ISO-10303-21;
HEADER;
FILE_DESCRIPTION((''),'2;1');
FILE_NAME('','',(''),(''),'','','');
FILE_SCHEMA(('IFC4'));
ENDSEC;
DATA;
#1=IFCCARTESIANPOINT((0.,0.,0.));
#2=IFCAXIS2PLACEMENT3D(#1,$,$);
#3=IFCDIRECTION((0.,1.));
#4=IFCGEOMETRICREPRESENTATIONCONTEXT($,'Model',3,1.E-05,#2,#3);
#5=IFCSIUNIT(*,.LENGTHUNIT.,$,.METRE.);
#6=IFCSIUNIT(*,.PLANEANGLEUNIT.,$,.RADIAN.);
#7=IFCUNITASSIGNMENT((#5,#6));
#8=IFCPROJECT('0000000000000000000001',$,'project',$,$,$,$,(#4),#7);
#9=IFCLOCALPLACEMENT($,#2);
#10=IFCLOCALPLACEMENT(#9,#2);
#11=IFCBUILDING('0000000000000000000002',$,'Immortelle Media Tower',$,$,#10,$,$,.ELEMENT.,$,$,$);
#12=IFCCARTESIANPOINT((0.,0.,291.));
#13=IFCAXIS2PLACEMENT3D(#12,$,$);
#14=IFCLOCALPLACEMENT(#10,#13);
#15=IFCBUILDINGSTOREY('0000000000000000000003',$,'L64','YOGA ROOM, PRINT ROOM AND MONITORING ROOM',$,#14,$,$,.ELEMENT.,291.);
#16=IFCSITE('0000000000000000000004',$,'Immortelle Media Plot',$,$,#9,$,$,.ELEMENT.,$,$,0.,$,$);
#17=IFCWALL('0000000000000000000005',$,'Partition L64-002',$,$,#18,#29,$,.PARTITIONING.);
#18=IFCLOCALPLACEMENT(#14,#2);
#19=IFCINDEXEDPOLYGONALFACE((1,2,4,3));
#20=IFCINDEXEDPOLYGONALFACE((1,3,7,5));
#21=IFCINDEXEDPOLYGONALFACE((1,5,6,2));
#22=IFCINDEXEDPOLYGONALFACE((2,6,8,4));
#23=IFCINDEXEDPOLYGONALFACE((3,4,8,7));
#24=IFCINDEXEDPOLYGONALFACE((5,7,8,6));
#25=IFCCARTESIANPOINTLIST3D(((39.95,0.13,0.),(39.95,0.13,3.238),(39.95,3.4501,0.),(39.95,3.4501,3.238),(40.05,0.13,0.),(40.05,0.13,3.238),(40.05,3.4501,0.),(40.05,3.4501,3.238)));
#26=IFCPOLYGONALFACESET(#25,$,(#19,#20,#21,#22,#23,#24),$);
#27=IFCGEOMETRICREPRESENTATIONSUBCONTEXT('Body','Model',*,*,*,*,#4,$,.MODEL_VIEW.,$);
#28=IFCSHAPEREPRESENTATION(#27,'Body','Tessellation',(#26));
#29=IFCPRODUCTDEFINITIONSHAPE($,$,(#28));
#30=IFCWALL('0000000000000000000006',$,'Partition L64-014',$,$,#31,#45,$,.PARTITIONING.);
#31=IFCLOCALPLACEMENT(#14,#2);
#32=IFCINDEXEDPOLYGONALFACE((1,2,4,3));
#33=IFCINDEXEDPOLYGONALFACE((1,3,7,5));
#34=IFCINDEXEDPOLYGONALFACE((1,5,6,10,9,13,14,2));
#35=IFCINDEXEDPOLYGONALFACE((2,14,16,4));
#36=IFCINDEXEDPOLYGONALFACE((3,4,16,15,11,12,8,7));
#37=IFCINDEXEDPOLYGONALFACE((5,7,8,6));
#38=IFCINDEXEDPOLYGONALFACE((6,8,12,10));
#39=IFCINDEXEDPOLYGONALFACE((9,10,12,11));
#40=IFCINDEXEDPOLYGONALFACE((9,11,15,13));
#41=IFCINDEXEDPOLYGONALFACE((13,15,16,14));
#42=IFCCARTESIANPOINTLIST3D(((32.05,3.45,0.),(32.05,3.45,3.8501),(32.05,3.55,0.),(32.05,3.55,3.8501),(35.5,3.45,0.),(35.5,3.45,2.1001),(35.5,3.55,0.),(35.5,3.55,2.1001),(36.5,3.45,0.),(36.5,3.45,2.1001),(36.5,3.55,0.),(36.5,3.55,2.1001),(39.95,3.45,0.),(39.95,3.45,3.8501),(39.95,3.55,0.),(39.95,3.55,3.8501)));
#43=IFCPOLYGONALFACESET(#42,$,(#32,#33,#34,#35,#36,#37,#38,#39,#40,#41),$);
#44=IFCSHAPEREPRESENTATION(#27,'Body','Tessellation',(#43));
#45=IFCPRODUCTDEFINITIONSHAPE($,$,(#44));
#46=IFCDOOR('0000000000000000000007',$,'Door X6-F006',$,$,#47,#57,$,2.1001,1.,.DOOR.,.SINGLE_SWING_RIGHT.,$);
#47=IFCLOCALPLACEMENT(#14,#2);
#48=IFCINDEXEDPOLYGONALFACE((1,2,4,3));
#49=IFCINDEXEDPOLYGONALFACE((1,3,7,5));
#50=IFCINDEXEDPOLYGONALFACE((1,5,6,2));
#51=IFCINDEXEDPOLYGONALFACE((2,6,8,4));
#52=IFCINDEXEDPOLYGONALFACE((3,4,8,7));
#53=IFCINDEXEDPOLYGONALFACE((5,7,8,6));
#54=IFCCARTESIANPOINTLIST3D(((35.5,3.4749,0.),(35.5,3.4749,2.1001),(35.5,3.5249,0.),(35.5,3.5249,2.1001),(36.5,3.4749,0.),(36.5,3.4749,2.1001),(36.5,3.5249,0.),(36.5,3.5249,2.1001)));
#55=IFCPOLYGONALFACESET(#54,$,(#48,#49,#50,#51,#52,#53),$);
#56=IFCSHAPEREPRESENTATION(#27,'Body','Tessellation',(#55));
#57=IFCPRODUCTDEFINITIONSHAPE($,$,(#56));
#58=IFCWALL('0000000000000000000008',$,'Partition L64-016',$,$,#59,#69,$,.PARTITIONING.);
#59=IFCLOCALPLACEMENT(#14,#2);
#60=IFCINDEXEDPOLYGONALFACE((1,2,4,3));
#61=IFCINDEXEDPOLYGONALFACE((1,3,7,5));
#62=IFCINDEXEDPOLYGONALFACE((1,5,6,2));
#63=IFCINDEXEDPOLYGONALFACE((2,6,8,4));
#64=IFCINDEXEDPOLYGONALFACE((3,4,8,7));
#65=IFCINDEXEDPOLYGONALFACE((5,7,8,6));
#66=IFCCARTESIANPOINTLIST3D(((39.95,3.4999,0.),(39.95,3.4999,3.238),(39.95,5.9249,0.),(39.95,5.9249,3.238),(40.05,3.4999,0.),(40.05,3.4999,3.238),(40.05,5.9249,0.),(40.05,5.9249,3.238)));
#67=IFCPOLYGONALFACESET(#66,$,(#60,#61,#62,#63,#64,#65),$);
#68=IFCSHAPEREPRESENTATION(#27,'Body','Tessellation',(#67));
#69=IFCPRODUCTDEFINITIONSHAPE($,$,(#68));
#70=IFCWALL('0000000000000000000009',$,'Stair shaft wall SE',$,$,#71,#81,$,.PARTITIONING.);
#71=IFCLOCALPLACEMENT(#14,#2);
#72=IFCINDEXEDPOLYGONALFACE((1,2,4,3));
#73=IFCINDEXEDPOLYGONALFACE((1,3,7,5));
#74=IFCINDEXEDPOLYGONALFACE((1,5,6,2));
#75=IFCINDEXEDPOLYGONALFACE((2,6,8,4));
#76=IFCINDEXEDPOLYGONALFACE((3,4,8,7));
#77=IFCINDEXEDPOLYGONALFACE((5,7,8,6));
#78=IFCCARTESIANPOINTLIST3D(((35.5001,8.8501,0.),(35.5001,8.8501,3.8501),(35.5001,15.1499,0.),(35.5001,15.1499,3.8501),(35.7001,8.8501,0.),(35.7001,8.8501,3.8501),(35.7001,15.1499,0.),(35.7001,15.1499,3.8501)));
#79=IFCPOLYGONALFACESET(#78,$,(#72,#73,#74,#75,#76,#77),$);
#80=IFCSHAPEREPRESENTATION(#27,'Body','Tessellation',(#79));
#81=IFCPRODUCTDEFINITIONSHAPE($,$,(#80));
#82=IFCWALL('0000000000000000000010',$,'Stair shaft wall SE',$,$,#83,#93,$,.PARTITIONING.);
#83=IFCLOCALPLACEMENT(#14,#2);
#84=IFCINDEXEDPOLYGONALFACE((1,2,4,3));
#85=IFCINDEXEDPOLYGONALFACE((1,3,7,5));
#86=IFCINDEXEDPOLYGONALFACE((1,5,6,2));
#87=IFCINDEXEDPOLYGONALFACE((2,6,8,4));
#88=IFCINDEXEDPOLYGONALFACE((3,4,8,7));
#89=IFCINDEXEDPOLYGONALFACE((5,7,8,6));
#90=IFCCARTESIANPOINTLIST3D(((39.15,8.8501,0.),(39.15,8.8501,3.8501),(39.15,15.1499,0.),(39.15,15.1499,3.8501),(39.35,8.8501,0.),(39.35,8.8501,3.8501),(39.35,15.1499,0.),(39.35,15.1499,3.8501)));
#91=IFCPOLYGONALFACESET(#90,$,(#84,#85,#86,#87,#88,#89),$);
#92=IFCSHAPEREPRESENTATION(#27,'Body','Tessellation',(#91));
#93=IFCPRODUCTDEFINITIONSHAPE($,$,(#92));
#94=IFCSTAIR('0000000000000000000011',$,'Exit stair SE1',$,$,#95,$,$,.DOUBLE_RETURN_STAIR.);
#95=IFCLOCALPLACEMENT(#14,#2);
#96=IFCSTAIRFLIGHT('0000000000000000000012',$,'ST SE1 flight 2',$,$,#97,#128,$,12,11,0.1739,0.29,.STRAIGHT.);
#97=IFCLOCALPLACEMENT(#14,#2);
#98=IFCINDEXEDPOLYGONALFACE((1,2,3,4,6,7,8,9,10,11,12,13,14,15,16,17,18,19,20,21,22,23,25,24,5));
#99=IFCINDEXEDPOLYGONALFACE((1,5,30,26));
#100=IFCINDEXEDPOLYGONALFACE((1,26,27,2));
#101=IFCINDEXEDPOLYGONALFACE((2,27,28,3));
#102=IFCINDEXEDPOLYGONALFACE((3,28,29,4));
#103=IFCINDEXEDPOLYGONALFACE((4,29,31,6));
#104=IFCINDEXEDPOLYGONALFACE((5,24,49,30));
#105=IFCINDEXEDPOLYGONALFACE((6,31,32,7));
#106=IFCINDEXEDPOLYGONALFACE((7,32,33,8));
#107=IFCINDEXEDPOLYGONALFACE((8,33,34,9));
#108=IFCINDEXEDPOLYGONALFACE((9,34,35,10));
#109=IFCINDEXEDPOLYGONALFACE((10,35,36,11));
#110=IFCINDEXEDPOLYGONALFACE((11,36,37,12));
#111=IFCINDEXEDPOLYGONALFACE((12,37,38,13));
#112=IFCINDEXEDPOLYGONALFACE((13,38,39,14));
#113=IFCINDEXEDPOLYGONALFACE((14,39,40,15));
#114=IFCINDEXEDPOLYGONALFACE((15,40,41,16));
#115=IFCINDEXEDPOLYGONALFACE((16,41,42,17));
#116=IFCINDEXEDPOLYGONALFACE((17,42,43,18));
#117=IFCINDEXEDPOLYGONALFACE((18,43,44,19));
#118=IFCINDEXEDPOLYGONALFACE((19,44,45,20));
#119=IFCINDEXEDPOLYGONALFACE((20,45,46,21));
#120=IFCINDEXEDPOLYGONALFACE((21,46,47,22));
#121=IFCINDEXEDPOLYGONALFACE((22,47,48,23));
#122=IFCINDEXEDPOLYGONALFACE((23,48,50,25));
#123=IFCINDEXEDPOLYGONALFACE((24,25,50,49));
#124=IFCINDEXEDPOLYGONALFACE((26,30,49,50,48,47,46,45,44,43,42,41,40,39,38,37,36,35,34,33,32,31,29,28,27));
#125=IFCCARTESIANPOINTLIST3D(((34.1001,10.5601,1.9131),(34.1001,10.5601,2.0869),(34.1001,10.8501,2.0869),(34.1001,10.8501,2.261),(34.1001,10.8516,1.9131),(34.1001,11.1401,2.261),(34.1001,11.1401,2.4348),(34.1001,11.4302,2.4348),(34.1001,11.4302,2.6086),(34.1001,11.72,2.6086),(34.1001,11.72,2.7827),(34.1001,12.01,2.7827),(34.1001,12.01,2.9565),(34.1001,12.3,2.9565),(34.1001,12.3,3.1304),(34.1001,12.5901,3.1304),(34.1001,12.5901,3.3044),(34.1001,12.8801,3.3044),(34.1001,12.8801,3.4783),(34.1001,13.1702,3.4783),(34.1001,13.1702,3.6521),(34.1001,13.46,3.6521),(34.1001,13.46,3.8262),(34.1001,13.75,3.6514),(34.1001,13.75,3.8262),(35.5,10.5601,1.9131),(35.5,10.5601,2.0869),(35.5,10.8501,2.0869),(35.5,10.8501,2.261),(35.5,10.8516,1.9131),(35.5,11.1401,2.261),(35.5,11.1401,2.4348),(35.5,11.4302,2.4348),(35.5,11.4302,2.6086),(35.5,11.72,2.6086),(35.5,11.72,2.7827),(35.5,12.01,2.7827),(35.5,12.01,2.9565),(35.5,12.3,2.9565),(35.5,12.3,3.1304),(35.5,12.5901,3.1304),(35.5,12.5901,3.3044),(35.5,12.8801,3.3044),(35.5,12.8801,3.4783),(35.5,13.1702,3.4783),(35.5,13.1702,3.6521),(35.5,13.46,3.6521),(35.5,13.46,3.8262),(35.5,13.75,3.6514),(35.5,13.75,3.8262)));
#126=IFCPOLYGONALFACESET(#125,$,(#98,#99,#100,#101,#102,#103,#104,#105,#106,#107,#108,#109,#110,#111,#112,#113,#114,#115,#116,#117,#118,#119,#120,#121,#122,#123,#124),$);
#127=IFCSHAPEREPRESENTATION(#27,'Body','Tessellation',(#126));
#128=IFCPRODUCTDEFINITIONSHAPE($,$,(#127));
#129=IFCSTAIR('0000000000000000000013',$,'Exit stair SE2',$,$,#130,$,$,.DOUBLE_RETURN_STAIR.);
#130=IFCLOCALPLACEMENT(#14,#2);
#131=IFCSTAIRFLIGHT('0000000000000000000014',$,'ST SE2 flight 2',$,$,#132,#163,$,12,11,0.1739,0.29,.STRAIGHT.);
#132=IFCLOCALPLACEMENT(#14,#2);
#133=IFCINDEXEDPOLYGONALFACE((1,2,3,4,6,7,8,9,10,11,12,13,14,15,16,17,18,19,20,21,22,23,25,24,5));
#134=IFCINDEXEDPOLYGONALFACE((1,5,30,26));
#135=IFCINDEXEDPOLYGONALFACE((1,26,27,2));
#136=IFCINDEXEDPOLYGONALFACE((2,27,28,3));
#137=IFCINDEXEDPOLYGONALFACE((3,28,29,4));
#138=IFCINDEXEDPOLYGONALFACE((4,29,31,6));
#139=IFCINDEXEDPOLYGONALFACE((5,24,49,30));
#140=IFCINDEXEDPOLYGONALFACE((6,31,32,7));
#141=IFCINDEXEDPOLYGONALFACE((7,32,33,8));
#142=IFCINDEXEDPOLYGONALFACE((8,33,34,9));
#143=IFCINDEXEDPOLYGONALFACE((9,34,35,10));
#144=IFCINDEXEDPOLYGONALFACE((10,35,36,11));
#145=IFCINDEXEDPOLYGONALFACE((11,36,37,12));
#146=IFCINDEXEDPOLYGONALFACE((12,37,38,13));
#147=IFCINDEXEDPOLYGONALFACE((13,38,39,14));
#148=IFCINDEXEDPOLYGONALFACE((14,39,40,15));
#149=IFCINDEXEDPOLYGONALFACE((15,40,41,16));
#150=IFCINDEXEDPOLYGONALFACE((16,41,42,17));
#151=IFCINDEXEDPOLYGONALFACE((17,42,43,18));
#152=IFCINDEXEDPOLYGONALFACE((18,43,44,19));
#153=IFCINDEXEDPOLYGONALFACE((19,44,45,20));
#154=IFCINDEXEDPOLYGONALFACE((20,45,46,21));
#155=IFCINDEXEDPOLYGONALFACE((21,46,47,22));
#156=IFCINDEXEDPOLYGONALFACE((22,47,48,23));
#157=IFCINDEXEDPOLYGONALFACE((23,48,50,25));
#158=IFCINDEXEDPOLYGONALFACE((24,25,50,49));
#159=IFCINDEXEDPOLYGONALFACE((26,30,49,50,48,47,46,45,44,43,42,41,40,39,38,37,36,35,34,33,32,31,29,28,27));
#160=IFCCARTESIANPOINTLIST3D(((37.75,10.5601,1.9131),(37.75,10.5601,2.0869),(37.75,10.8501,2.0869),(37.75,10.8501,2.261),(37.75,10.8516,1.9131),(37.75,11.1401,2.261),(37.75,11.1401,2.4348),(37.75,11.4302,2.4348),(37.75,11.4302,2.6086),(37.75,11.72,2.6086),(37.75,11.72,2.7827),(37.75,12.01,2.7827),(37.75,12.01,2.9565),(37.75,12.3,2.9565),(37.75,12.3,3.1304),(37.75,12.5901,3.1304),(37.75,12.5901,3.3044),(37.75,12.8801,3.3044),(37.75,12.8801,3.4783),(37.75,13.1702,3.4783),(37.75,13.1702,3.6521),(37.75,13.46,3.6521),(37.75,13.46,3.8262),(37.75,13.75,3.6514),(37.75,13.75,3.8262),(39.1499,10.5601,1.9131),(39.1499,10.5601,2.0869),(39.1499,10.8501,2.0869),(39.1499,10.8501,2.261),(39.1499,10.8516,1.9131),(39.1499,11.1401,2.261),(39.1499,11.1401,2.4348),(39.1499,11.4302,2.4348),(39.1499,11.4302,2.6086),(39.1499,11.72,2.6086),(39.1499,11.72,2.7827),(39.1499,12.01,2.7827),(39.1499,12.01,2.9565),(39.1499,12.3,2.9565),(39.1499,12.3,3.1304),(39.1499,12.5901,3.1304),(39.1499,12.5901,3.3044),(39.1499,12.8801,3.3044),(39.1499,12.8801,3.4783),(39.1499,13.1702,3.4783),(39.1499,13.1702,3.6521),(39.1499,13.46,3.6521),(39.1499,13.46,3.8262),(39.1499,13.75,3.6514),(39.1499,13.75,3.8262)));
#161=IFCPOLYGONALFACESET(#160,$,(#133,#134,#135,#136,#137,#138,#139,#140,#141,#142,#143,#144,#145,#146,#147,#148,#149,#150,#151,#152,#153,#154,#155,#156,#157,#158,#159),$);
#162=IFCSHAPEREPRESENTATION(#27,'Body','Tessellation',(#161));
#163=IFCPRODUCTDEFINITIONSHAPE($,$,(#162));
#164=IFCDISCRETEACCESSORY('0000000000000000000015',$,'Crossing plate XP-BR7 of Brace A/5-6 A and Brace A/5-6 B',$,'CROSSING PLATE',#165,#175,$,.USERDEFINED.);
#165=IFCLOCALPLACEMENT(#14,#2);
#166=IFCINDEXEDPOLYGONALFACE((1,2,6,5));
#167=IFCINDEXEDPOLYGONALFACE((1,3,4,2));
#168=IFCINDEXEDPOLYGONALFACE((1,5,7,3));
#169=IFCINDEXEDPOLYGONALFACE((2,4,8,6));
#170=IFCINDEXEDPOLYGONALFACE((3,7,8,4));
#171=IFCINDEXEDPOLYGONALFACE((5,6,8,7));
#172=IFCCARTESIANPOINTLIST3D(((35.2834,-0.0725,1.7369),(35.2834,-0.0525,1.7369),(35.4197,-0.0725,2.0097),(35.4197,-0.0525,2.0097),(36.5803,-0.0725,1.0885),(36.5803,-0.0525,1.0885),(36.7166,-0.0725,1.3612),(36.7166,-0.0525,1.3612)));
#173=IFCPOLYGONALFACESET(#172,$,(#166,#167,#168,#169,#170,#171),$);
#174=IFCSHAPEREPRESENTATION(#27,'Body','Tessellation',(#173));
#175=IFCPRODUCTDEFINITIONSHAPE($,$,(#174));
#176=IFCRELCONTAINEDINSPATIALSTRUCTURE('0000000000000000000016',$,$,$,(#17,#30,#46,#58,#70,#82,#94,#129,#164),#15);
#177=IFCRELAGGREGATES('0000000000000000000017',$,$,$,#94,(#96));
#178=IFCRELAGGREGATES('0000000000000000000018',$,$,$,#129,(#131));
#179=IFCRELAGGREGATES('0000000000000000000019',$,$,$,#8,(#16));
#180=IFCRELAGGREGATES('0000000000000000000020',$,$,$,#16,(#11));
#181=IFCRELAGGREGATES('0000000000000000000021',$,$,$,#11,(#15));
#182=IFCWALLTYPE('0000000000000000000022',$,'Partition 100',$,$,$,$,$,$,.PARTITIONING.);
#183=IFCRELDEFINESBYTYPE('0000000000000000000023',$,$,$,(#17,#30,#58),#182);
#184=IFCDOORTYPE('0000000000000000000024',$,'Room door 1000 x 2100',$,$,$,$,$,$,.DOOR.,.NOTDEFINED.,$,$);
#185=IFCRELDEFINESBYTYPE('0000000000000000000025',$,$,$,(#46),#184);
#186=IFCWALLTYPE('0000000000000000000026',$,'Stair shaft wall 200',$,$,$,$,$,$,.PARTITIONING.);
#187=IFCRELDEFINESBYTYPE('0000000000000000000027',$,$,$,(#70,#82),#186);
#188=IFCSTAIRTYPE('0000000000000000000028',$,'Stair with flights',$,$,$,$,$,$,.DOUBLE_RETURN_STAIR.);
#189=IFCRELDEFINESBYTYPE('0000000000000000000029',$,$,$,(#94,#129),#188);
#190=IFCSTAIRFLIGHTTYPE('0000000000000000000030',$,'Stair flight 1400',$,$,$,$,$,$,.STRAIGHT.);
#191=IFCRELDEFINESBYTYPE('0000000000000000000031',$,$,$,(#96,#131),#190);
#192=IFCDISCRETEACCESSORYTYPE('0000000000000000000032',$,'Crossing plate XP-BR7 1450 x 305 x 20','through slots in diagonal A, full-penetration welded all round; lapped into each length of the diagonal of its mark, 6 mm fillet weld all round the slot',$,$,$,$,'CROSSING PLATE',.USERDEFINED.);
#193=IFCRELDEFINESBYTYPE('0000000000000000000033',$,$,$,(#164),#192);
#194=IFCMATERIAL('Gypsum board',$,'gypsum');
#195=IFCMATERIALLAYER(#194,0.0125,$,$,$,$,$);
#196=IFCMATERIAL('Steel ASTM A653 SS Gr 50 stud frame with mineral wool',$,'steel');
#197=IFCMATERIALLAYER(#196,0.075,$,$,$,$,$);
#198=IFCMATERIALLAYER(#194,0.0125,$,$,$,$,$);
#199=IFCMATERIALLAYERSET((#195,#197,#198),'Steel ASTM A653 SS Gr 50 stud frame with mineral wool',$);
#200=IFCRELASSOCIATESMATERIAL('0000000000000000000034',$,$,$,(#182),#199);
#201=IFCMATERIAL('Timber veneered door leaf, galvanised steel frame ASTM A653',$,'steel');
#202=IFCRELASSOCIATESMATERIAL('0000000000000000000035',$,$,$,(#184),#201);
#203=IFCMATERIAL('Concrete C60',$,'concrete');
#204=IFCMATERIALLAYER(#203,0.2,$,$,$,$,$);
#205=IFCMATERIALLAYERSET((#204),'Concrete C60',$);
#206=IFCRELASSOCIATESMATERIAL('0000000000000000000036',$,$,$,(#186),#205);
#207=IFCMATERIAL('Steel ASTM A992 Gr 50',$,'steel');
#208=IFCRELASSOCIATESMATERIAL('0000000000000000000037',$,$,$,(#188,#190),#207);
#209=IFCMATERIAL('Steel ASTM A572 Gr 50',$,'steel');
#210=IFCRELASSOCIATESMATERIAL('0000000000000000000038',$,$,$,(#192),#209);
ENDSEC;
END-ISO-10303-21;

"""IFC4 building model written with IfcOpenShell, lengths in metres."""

from ifc_helpers import new_model, si_unit, direction, frame, frame_2d, origin, origin_2d, place, context, subcontext, project, spatial, polyline, rectangle, outline, extrude, material, layer, layer_set, material_profile, profile_set, type_object, element, fill, aggregate, save


model = new_model("IFC4")

# Units and contexts
model_context = context("Model", 3, precision=1e-05, world=origin(), true_north=direction((0.0, 1.0)))
body_context = subcontext(model_context, "Body", "Model", "MODEL_VIEW")
ifc_project = project(units=[si_unit("LENGTHUNIT", "METRE"), si_unit("PLANEANGLEUNIT", "RADIAN")], contexts=[model_context])

# Site, building, storey
site_placement = place(None, origin())
site = spatial("IfcSite", under=ifc_project, at=site_placement, Name="Immortelle Media Plot", CompositionType="ELEMENT", RefElevation=0.0)
building_placement = place(site_placement, origin())
building = spatial("IfcBuilding", under=site, at=building_placement, Name="Immortelle Media Tower", CompositionType="ELEMENT")
storey_placement = place(building_placement, frame((0.0, 0.0, 291.0)))
storey = spatial("IfcBuildingStorey", under=building, at=storey_placement, Name="L64", Description="YOGA ROOM, PRINT ROOM AND MONITORING ROOM", CompositionType="ELEMENT", Elevation=291.0)

# Shared definitions
ifc_material_1 = material(Name="Steel ASTM A992 Gr 50", Category="steel")

# Wall
ifc_material_2 = material(Name="Steel ASTM A653 SS Gr 50 stud frame with mineral wool", Category="steel")
ifc_material_3 = material(Name="Gypsum board", Category="gypsum")
ifc_layer_1 = layer(ifc_material_3, 0.0125)
ifc_layer_2 = layer(ifc_material_2, 0.075)
ifc_layer_3 = layer(ifc_material_3, 0.0125)
ifc_layer_set_1 = layer_set([ifc_layer_1, ifc_layer_2, ifc_layer_3], Name="Steel ASTM A653 SS Gr 50 stud frame with mineral wool")
wall_type_1 = type_object("IfcWallType", Name="Partition 100", PredefinedType="PARTITIONING", material=ifc_layer_set_1)
wall_1_placement = place(storey_placement, frame((40.0, 0.1299, 0.0), z_axis=(0.0, 0.0, 1.0), x_axis=(0.0, 1.0, 0.0)))
element("IfcWall", 1, at=wall_1_placement, inside=storey, type_object=wall_type_1, Name="Partition L64-002", PredefinedType="PARTITIONING", context=body_context, shape_type="SweptSolid", body=[
    extrude(rectangle(XDim=3.3201, YDim=0.1001, at=frame_2d((1.6602, 0.0))), origin(), (0.0, 0.0, 1.0), 3.238),
])

# Wall, opening, door
wall_2_placement = place(storey_placement, frame((32.05, 3.5, 0.0), z_axis=(0.0, 0.0, 1.0), x_axis=(1.0, 0.0, 0.0)))
wall_2 = element("IfcWall", 2, at=wall_2_placement, inside=storey, type_object=wall_type_1, Name="Partition L64-014", PredefinedType="PARTITIONING", context=body_context, shape_type="SweptSolid", body=[
    extrude(rectangle(XDim=7.8999, YDim=0.1001, at=frame_2d((3.95, 0.0))), origin(), (0.0, 0.0, 1.0), 3.8501),
])
opening_placement = place(wall_2_placement, frame((3.45, 0.0, 0.0)))
opening = element("IfcOpeningElement", 3, at=opening_placement, cuts=wall_2, PredefinedType="OPENING", context=body_context, shape_type="SweptSolid", body=[
    extrude(rectangle(XDim=1.0, YDim=2.1001, at=frame_2d((0.5, 1.05))), frame((0.0, 0.0601, 0.0), z_axis=(0.0, -1.0, 0.0), x_axis=(1.0, 0.0, 0.0)), (0.0, 0.0, 1.0), 0.1201),
])
ifc_material_4 = material(Name="Timber veneered door leaf, galvanised steel frame ASTM A653", Category="steel")
door_type = type_object("IfcDoorType", Name="Room door 1000 x 2100", OperationType="NOTDEFINED", PredefinedType="DOOR", material=ifc_material_4)
door_placement = place(opening_placement, origin())
door = element("IfcDoor", 4, at=door_placement, inside=storey, type_object=door_type, Name="Door X6-F006", OperationType="SINGLE_SWING_RIGHT", OverallHeight=2.1001, OverallWidth=1.0, PredefinedType="DOOR", context=body_context, shape_type="SweptSolid", body=[
    extrude(rectangle(XDim=1.0, YDim=2.1001, at=frame_2d((0.5, 1.05))), frame((0.0, 0.0249, 0.0), z_axis=(0.0, -1.0, 0.0), x_axis=(1.0, 0.0, 0.0)), (0.0, 0.0, 1.0), 0.05),
])
fill(opening, door)

# Walls
wall_3_placement = place(storey_placement, frame((40.0, 3.5, 0.0), z_axis=(0.0, 0.0, 1.0), x_axis=(0.0, 1.0, 0.0)))
element("IfcWall", 5, at=wall_3_placement, inside=storey, type_object=wall_type_1, Name="Partition L64-016", PredefinedType="PARTITIONING", context=body_context, shape_type="SweptSolid", body=[
    extrude(rectangle(XDim=2.425, YDim=0.1001, at=frame_2d((1.2124, 0.0))), origin(), (0.0, 0.0, 1.0), 3.238),
])
ifc_material_5 = material(Name="Concrete C60", Category="concrete")
ifc_layer_4 = layer(ifc_material_5, 0.2)
ifc_layer_set_2 = layer_set([ifc_layer_4], Name="Concrete C60")
wall_type_2 = type_object("IfcWallType", Name="Stair shaft wall 200", PredefinedType="PARTITIONING", material=ifc_layer_set_2)
for number, where, z_axis, x_axis, name in (
    (6, (35.6001, 8.8501, 0.0), (0.0, 0.0, 1.0), (0.0, 1.0, 0.0), "Stair shaft wall SE"),
    (7, (39.25, 8.8501, 0.0), (0.0, 0.0, 1.0), (0.0, 1.0, 0.0), "Stair shaft wall SE"),
):
    element("IfcWall", number, at=place(storey_placement, frame(where, z_axis=z_axis, x_axis=x_axis)), inside=storey, type_object=wall_type_2, Name=name, PredefinedType="PARTITIONING", context=body_context, shape_type="SweptSolid", body=[
        extrude(rectangle(XDim=6.2998, YDim=0.2, at=frame_2d((3.1499, 0.0))), origin(), (0.0, 0.0, 1.0), 3.8501),
    ])

# Stairs, stair flights
stair_type = type_object("IfcStairType", Name="Stair with flights", PredefinedType="DOUBLE_RETURN_STAIR", material=ifc_material_1)
stair_1_placement = place(storey_placement, origin())
stair_1 = element("IfcStair", 8, at=stair_1_placement, inside=storey, type_object=stair_type, Name="Exit stair SE1", PredefinedType="DOUBLE_RETURN_STAIR")
stair_flight_type = type_object("IfcStairFlightType", Name="Stair flight 1400", PredefinedType="STRAIGHT", material=ifc_material_1)
stair_flight_1_placement = place(storey_placement, frame((34.8, 10.5601, 1.9131), z_axis=(0.0, 0.0, 1.0), x_axis=(0.0, 1.0, 0.0)))
stair_flight_1 = element("IfcStairFlight", 9, at=stair_flight_1_placement, type_object=stair_flight_type, Name="ST SE1 flight 2", NumberOfRisers=12, NumberOfTreads=11, PredefinedType="STRAIGHT", RiserHeight=0.1739, TreadLength=0.29, context=body_context, shape_type="SweptSolid", body=[
    extrude(outline(polyline([(0.0, 0.0), (0.0, 0.1738), (0.29, 0.1738), (0.29, 0.3479), (0.5801, 0.3479), (0.5801, 0.5217), (0.8701, 0.5217), (0.8701, 0.6956), (1.1599, 0.6956), (1.1599, 0.8696), (1.45, 0.8696), (1.45, 1.0435), (1.74, 1.0435), (1.74, 1.2173), (2.03, 1.2173), (2.03, 1.3914), (2.3201, 1.3914), (2.3201, 1.5652), (2.6101, 1.5652), (2.6101, 1.739), (2.8999, 1.739), (2.8999, 1.9131), (3.1899, 1.9131), (3.1899, 2.0869), (3.1899, 1.7383), (0.2915, 0.0), (0.0, 0.0)])), frame((0.0, 0.7, 0.0), z_axis=(0.0, -1.0, 0.0), x_axis=(1.0, 0.0, 0.0)), (0.0, 0.0, 1.0), 1.3999),
])
aggregate(stair_1, [stair_flight_1])
stair_2_placement = place(storey_placement, origin())
stair_2 = element("IfcStair", 10, at=stair_2_placement, inside=storey, type_object=stair_type, Name="Exit stair SE2", PredefinedType="DOUBLE_RETURN_STAIR")
stair_flight_2_placement = place(storey_placement, frame((38.45, 10.5601, 1.9131), z_axis=(0.0, 0.0, 1.0), x_axis=(0.0, 1.0, 0.0)))
stair_flight_2 = element("IfcStairFlight", 11, at=stair_flight_2_placement, type_object=stair_flight_type, Name="ST SE2 flight 2", NumberOfRisers=12, NumberOfTreads=11, PredefinedType="STRAIGHT", RiserHeight=0.1739, TreadLength=0.29, context=body_context, shape_type="SweptSolid", body=[
    extrude(outline(polyline([(0.0, 0.0), (0.0, 0.1738), (0.29, 0.1738), (0.29, 0.3479), (0.5801, 0.3479), (0.5801, 0.5217), (0.8701, 0.5217), (0.8701, 0.6956), (1.1599, 0.6956), (1.1599, 0.8696), (1.45, 0.8696), (1.45, 1.0435), (1.74, 1.0435), (1.74, 1.2173), (2.03, 1.2173), (2.03, 1.3914), (2.3201, 1.3914), (2.3201, 1.5652), (2.6101, 1.5652), (2.6101, 1.739), (2.8999, 1.739), (2.8999, 1.9131), (3.1899, 1.9131), (3.1899, 2.0869), (3.1899, 1.7383), (0.2915, 0.0), (0.0, 0.0)])), frame((0.0, 0.7, 0.0), z_axis=(0.0, -1.0, 0.0), x_axis=(1.0, 0.0, 0.0)), (0.0, 0.0, 1.0), 1.3999),
])
aggregate(stair_2, [stair_flight_2])

# Discrete accessory
ifc_material_6 = material(Name="Steel ASTM A572 Gr 50", Category="steel")
ifc_material_profile_1 = material_profile(ifc_material_6, rectangle(XDim=0.02, YDim=0.3049, at=origin_2d()), Name="PL 20 x 305")
ifc_profile_set_1 = profile_set([ifc_material_profile_1], Name="Steel ASTM A572 Gr 50")
discrete_accessory_type_1 = type_object("IfcDiscreteAccessoryType", Name="Crossing plate XP-BR7 1450 x 305 x 20", Description="through slots in diagonal A, full-penetration welded all round; lapped into each length of the diagonal of its mark, 6 mm fillet weld all round the slot", ElementType="CROSSING PLATE", PredefinedType="USERDEFINED", material=ifc_profile_set_1)
discrete_accessory_placement = place(storey_placement, frame((35.3516, -0.0625, 1.8733), z_axis=(0.894427, 0.0, -0.447214), x_axis=(0.0, 1.0, 0.0)))
element("IfcDiscreteAccessory", 12, at=discrete_accessory_placement, inside=storey, type_object=discrete_accessory_type_1, Name="Crossing plate XP-BR7 of Brace A/5-6 A and Brace A/5-6 B", ObjectType="CROSSING PLATE", PredefinedType="USERDEFINED", context=body_context, shape_type="SweptSolid", body=[
    extrude(rectangle(XDim=0.02, YDim=0.3049, at=origin_2d()), origin(), (0.0, 0.0, 1.0), 1.45),
])

save(model, "model.ifc")
